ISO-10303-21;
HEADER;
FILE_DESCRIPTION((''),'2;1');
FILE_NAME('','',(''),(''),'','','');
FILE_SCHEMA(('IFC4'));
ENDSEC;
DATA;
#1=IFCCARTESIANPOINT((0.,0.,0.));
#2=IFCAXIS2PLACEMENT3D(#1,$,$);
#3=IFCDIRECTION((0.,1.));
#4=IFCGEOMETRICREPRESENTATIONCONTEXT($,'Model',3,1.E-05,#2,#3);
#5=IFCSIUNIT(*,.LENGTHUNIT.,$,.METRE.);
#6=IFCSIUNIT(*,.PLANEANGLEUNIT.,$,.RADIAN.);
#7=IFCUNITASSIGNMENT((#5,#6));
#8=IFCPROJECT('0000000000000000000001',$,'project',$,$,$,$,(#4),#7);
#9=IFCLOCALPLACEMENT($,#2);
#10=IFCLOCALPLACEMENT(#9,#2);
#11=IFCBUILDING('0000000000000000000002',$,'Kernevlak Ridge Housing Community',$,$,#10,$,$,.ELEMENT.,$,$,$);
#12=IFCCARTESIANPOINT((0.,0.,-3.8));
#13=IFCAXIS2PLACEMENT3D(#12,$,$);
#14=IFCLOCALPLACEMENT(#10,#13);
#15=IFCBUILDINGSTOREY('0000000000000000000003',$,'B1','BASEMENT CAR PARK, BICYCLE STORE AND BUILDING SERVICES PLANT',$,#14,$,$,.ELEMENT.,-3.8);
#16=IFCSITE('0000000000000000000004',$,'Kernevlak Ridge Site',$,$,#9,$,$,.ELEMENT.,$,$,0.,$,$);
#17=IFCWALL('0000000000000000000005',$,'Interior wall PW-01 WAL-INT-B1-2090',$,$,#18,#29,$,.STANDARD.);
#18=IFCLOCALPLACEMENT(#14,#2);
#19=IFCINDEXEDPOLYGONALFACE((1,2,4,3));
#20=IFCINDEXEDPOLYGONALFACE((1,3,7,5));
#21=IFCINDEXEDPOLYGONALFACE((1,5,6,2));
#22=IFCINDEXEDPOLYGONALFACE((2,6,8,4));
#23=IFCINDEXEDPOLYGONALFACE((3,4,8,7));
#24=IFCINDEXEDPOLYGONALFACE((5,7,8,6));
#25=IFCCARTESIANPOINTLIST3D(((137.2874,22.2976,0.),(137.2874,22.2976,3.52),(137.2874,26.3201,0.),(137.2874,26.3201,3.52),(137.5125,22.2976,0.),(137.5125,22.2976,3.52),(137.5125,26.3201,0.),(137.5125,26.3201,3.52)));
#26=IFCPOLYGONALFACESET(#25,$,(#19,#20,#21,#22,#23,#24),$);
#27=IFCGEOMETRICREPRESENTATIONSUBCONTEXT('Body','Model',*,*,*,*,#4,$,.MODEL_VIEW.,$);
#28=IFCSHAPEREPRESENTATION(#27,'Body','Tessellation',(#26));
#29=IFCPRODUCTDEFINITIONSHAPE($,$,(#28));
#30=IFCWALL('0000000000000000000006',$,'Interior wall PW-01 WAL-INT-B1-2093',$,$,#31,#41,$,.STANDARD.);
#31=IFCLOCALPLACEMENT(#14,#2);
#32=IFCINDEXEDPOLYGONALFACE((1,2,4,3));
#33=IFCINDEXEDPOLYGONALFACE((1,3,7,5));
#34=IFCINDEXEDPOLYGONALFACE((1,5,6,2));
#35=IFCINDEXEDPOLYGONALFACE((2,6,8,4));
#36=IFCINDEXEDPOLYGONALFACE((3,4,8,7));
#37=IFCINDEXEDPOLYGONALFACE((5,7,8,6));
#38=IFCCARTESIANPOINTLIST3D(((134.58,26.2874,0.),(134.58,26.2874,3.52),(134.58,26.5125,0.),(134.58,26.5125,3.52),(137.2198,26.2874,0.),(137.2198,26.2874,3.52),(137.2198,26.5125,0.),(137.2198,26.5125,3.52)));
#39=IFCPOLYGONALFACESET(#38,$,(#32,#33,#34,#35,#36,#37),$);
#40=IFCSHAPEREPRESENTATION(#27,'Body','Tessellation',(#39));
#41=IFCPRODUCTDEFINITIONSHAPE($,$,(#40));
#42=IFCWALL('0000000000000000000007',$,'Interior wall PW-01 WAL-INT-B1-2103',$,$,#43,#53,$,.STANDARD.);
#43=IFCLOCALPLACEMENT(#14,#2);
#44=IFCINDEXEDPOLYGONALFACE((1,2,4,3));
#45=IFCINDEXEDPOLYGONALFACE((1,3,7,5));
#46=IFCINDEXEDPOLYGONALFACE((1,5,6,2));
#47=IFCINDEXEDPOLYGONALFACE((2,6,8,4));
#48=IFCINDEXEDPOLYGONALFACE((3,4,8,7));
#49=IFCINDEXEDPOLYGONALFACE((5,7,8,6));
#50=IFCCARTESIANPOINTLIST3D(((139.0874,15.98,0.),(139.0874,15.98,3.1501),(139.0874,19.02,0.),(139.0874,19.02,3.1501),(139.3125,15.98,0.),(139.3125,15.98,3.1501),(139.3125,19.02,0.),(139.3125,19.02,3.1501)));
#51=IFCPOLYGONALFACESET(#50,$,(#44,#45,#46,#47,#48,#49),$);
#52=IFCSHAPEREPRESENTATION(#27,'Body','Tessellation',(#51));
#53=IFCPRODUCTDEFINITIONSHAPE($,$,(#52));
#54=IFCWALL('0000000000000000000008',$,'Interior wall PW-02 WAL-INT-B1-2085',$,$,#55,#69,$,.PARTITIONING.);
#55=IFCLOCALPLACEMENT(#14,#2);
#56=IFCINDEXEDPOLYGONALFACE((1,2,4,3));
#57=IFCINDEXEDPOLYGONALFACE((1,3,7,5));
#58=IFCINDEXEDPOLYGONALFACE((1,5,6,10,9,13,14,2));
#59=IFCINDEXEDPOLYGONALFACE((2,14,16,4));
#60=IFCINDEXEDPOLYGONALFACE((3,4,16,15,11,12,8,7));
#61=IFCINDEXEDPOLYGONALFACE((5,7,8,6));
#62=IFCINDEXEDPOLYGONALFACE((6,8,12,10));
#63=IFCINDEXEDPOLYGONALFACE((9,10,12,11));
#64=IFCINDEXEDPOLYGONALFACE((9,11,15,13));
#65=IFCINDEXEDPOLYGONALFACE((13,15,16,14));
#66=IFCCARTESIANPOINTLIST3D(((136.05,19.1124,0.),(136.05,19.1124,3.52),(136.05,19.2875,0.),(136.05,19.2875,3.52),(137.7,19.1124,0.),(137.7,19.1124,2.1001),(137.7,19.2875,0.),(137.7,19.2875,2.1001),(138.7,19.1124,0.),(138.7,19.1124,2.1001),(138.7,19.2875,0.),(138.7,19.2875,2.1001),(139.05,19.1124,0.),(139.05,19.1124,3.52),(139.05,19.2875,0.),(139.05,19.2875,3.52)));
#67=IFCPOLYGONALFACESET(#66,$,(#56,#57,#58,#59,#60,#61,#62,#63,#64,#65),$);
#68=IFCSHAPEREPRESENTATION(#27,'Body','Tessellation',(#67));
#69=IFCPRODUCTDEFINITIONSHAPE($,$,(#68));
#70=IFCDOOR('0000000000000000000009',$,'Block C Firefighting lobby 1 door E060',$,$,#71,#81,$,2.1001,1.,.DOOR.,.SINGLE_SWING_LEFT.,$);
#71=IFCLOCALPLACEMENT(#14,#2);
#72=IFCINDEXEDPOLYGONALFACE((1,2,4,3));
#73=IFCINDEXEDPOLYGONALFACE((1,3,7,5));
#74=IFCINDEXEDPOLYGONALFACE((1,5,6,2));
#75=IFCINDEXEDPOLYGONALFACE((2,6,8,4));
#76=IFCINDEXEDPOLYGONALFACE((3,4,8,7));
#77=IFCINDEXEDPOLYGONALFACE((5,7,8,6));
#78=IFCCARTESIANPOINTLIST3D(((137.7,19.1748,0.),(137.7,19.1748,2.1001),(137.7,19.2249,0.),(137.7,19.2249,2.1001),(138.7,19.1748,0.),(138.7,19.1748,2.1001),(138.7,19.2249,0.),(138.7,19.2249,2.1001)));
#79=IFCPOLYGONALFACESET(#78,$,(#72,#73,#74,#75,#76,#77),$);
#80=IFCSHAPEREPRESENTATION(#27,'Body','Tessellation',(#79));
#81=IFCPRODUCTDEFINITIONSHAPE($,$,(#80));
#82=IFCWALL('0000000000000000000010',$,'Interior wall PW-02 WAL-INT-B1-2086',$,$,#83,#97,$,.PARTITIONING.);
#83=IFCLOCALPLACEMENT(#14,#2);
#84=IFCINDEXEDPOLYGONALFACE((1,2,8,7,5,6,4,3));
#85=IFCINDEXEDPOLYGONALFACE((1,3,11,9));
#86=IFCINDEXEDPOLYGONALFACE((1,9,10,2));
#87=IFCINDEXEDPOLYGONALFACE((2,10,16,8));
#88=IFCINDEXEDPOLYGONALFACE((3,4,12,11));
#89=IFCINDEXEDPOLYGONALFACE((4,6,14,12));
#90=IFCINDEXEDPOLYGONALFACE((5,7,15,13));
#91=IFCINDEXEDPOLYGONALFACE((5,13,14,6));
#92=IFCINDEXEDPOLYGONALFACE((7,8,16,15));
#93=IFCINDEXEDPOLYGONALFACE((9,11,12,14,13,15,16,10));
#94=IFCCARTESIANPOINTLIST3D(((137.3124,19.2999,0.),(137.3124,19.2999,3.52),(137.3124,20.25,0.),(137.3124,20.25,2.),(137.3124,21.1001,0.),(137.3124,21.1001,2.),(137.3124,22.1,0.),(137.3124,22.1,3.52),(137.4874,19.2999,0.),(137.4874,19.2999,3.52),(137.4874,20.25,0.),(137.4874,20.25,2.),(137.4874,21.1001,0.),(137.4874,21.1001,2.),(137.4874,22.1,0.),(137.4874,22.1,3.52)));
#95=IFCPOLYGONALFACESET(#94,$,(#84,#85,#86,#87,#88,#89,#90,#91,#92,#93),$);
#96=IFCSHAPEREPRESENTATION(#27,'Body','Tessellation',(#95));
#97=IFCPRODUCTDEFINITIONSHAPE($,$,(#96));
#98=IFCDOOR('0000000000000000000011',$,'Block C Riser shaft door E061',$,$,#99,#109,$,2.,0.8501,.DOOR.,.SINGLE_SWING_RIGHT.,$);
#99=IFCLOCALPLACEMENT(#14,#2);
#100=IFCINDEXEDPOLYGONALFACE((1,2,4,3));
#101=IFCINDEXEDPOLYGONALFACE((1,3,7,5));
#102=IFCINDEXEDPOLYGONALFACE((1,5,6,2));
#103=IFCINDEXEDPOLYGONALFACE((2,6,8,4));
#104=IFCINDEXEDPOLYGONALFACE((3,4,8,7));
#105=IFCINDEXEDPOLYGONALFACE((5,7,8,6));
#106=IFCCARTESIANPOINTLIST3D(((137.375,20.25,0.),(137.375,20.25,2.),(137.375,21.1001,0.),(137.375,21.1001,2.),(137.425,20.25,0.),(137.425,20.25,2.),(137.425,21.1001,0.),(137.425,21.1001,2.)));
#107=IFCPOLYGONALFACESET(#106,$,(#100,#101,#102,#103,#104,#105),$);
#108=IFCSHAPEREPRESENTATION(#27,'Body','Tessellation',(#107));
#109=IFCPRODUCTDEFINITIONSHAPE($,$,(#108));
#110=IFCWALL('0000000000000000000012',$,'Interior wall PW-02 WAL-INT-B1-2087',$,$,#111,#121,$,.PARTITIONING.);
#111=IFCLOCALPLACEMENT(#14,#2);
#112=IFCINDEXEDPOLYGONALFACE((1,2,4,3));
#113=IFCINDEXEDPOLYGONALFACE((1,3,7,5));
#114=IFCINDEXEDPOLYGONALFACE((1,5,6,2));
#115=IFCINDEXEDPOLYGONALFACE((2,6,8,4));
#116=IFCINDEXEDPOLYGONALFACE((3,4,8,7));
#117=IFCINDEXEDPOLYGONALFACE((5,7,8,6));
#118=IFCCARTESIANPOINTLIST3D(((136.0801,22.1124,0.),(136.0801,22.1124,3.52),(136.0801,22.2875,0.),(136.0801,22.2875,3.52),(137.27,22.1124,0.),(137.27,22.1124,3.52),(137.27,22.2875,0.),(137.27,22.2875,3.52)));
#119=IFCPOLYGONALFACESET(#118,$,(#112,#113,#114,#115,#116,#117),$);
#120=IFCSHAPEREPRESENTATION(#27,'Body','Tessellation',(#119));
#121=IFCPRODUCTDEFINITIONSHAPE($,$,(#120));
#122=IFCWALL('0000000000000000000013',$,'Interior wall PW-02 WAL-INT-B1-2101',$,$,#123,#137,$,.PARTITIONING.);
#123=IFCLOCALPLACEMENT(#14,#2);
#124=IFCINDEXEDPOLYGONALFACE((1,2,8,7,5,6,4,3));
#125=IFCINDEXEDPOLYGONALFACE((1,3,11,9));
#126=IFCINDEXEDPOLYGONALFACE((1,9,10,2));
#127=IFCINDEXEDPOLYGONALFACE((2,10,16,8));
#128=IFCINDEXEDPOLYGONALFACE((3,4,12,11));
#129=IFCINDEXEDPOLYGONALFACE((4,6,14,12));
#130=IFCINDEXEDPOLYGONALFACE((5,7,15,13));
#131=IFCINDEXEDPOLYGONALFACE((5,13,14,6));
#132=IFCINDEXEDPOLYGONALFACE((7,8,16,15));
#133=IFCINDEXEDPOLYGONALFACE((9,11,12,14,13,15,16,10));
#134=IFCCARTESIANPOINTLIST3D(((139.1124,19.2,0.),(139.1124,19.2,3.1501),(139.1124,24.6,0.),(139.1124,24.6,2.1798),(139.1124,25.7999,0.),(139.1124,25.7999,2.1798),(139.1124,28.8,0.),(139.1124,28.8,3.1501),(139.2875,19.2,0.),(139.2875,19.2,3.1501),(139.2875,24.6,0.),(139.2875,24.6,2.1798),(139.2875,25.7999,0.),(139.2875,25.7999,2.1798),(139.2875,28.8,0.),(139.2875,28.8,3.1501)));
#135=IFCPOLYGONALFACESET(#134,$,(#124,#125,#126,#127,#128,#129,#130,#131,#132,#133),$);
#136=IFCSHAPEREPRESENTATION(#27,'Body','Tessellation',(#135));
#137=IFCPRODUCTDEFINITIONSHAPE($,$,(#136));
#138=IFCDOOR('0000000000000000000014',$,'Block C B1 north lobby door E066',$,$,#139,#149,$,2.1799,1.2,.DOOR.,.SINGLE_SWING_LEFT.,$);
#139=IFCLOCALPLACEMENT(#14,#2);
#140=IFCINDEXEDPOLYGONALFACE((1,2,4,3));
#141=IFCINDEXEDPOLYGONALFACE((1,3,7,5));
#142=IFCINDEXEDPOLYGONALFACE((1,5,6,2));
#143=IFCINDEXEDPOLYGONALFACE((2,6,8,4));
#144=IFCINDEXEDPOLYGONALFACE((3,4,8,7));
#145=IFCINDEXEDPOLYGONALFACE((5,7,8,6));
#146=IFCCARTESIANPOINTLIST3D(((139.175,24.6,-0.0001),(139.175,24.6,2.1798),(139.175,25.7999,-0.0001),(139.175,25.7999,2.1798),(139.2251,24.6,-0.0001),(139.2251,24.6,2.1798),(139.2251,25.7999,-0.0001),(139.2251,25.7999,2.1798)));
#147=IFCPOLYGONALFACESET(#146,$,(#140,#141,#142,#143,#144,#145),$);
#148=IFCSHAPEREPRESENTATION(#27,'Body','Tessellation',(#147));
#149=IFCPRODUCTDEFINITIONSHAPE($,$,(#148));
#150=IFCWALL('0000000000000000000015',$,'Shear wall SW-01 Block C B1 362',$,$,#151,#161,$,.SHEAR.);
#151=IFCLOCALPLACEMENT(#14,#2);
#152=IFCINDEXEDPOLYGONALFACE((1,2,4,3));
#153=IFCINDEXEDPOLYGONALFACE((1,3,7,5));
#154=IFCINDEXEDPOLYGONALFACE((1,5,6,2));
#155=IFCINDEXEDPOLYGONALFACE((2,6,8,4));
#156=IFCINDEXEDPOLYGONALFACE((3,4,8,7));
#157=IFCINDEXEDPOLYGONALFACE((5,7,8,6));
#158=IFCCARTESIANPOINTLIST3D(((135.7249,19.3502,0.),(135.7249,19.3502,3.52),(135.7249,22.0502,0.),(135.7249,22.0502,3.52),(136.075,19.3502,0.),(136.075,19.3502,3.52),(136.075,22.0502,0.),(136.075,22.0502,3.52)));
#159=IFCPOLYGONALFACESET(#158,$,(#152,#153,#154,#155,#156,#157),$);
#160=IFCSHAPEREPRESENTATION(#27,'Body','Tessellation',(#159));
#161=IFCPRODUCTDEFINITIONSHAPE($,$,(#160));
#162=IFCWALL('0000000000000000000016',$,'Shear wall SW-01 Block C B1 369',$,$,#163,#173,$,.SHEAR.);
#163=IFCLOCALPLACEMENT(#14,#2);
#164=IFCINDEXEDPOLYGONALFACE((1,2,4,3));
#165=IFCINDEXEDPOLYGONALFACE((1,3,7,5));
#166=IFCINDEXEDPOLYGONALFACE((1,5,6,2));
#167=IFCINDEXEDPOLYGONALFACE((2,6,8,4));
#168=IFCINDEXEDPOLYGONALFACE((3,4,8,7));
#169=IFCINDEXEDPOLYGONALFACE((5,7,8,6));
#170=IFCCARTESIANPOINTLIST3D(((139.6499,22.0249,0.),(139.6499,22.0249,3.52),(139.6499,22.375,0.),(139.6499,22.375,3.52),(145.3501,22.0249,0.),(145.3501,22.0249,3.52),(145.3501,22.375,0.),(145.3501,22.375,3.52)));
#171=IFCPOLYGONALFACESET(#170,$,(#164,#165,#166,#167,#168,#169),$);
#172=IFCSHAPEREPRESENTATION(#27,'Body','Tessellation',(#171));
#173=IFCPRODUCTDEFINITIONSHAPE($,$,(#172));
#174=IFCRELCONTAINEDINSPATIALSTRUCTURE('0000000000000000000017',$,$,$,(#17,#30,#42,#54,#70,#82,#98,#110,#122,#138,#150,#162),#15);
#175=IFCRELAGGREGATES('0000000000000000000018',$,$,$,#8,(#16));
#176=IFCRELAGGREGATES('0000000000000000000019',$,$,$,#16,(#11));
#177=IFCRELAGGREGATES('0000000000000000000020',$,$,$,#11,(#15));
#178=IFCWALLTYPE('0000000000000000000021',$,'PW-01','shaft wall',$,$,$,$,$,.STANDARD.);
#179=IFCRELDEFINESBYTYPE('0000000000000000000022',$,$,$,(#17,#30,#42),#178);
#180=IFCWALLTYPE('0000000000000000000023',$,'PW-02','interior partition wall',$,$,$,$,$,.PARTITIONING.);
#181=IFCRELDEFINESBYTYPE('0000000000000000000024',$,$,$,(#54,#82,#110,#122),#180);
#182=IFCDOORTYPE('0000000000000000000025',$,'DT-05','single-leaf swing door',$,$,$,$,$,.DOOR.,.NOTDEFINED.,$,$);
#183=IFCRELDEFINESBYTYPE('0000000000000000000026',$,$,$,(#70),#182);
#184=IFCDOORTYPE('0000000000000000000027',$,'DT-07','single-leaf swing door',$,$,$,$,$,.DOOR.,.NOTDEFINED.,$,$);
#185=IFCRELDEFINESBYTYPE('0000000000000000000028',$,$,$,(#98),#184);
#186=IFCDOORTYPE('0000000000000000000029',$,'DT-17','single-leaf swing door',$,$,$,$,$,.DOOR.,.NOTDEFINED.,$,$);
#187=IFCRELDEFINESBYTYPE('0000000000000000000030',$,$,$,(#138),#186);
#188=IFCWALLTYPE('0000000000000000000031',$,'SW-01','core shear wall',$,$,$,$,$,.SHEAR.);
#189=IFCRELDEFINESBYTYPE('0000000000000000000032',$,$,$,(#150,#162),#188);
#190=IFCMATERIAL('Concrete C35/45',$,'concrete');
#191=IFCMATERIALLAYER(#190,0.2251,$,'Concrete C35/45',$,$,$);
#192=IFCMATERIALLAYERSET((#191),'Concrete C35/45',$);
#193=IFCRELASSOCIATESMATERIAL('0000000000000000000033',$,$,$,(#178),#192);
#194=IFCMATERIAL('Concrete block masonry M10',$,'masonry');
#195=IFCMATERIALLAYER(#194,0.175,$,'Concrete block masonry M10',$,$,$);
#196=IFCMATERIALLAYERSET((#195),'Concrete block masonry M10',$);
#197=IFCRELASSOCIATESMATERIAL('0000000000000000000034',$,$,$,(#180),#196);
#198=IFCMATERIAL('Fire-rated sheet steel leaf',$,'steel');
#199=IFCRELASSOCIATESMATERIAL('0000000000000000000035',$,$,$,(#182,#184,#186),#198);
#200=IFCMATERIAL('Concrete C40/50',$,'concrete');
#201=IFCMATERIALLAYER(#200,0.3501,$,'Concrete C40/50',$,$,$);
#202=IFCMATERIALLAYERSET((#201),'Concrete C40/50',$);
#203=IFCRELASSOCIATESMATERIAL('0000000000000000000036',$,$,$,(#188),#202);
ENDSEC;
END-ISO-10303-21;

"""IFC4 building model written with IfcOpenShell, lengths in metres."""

from ifc_helpers import new_model, si_unit, direction, frame, frame_2d, origin, place, context, subcontext, project, spatial, rectangle, extrude, material, layer, layer_set, type_object, element, fill, save


model = new_model("IFC4")

# Units and contexts
model_context = context("Model", 3, precision=1e-05, world=origin(), true_north=direction((0.0, 1.0)))
body_context = subcontext(model_context, "Body", "Model", "MODEL_VIEW")
ifc_project = project(units=[si_unit("LENGTHUNIT", "METRE"), si_unit("PLANEANGLEUNIT", "RADIAN")], contexts=[model_context])

# Site, building, storey
site_placement = place(None, origin())
site = spatial("IfcSite", under=ifc_project, at=site_placement, Name="Kernevlak Ridge Site", CompositionType="ELEMENT", RefElevation=0.0)
building_placement = place(site_placement, origin())
building = spatial("IfcBuilding", under=site, at=building_placement, Name="Kernevlak Ridge Housing Community", CompositionType="ELEMENT")
storey_placement = place(building_placement, frame((0.0, 0.0, -3.8)))
storey = spatial("IfcBuildingStorey", under=building, at=storey_placement, Name="B1", Description="BASEMENT CAR PARK, BICYCLE STORE AND BUILDING SERVICES PLANT", CompositionType="ELEMENT", Elevation=-3.8)

# Shared definitions
ifc_material_1 = material(Name="Concrete C35/45", Category="concrete")

# Shared definitions
ifc_material_2 = material(Name="Concrete C40/50", Category="concrete")

# Walls
ifc_layer_1 = layer(ifc_material_1, 0.2251, Name="Concrete C35/45")
ifc_layer_set_1 = layer_set([ifc_layer_1], Name="Concrete C35/45")
wall_type_1 = type_object("IfcWallType", Name="PW-01", Description="shaft wall", PredefinedType="STANDARD", material=ifc_layer_set_1)
wall_1_placement = place(storey_placement, frame((137.3999, 22.2976, 0.0), z_axis=(0.0, 0.0, 1.0), x_axis=(0.0, 1.0, 0.0)))
element("IfcWall", 1, at=wall_1_placement, inside=storey, type_object=wall_type_1, Name="Interior wall PW-01 WAL-INT-B1-2090", PredefinedType="STANDARD", context=body_context, shape_type="SweptSolid", body=[
    extrude(rectangle(XDim=4.0225, YDim=0.2251, at=frame_2d((2.0112, 0.0))), origin(), (0.0, 0.0, 1.0), 3.52),
])
wall_2_placement = place(storey_placement, frame((134.5801, 26.3999, 0.0), z_axis=(0.0, 0.0, 1.0), x_axis=(1.0, 0.0, 0.0)))
element("IfcWall", 2, at=wall_2_placement, inside=storey, type_object=wall_type_1, Name="Interior wall PW-01 WAL-INT-B1-2093", PredefinedType="STANDARD", context=body_context, shape_type="SweptSolid", body=[
    extrude(rectangle(XDim=2.6399, YDim=0.2251, at=frame_2d((1.3198, 0.0))), origin(), (0.0, 0.0, 1.0), 3.52),
])
wall_3_placement = place(storey_placement, frame((139.2, 15.98, 0.0), z_axis=(0.0, 0.0, 1.0), x_axis=(0.0, 1.0, 0.0)))
element("IfcWall", 3, at=wall_3_placement, inside=storey, type_object=wall_type_1, Name="Interior wall PW-01 WAL-INT-B1-2103", PredefinedType="STANDARD", context=body_context, shape_type="SweptSolid", body=[
    extrude(rectangle(XDim=3.04, YDim=0.2251, at=frame_2d((1.52, 0.0))), origin(), (0.0, 0.0, 1.0), 3.1501),
])

# Walls, openings, doors
ifc_material_3 = material(Name="Concrete block masonry M10", Category="masonry")
ifc_layer_2 = layer(ifc_material_3, 0.175, Name="Concrete block masonry M10")
ifc_layer_set_2 = layer_set([ifc_layer_2], Name="Concrete block masonry M10")
wall_type_2 = type_object("IfcWallType", Name="PW-02", Description="interior partition wall", PredefinedType="PARTITIONING", material=ifc_layer_set_2)
wall_4_placement = place(storey_placement, frame((136.05, 19.2, 0.0), z_axis=(0.0, 0.0, 1.0), x_axis=(1.0, 0.0, 0.0)))
wall_4 = element("IfcWall", 4, at=wall_4_placement, inside=storey, type_object=wall_type_2, Name="Interior wall PW-02 WAL-INT-B1-2085", PredefinedType="PARTITIONING", context=body_context, shape_type="SweptSolid", body=[
    extrude(rectangle(XDim=3.0, YDim=0.175, at=frame_2d((1.5, 0.0))), origin(), (0.0, 0.0, 1.0), 3.52),
])
opening_1_placement = place(wall_4_placement, frame((1.6499, 0.0, 0.0)))
opening_1 = element("IfcOpeningElement", 5, at=opening_1_placement, cuts=wall_4, PredefinedType="OPENING", context=body_context, shape_type="SweptSolid", body=[
    extrude(rectangle(XDim=1.0, YDim=2.1001, at=frame_2d((0.5, 1.05))), frame((0.0, 0.0974, 0.0), z_axis=(0.0, -1.0, 0.0), x_axis=(1.0, 0.0, 0.0)), (0.0, 0.0, 1.0), 0.1951),
])
ifc_material_4 = material(Name="Fire-rated sheet steel leaf", Category="steel")
door_type_1 = type_object("IfcDoorType", Name="DT-05", Description="single-leaf swing door", OperationType="NOTDEFINED", PredefinedType="DOOR", material=ifc_material_4)
door_1_placement = place(opening_1_placement, origin())
door_1 = element("IfcDoor", 6, at=door_1_placement, inside=storey, type_object=door_type_1, Name="Block C Firefighting lobby 1 door E060", OperationType="SINGLE_SWING_LEFT", OverallHeight=2.1001, OverallWidth=1.0, PredefinedType="DOOR", context=body_context, shape_type="SweptSolid", body=[
    extrude(rectangle(XDim=1.0, YDim=2.1001, at=frame_2d((0.5, 1.05))), frame((0.0, 0.0249, 0.0), z_axis=(0.0, -1.0, 0.0), x_axis=(1.0, 0.0, 0.0)), (0.0, 0.0, 1.0), 0.05),
])
fill(opening_1, door_1)
wall_5_placement = place(storey_placement, frame((137.3999, 19.3, 0.0), z_axis=(0.0, 0.0, 1.0), x_axis=(0.0, 1.0, 0.0)))
wall_5 = element("IfcWall", 7, at=wall_5_placement, inside=storey, type_object=wall_type_2, Name="Interior wall PW-02 WAL-INT-B1-2086", PredefinedType="PARTITIONING", context=body_context, shape_type="SweptSolid", body=[
    extrude(rectangle(XDim=2.8, YDim=0.175, at=frame_2d((1.3999, 0.0))), origin(), (0.0, 0.0, 1.0), 3.52),
])
opening_2_placement = place(wall_5_placement, frame((0.95, 0.0, 0.0)))
opening_2 = element("IfcOpeningElement", 8, at=opening_2_placement, cuts=wall_5, PredefinedType="OPENING", context=body_context, shape_type="SweptSolid", body=[
    extrude(rectangle(XDim=0.8501, YDim=2.0, at=frame_2d((0.425, 1.0))), frame((0.0, 0.0974, 0.0), z_axis=(0.0, -1.0, 0.0), x_axis=(1.0, 0.0, 0.0)), (0.0, 0.0, 1.0), 0.1951),
])
door_type_2 = type_object("IfcDoorType", Name="DT-07", Description="single-leaf swing door", OperationType="NOTDEFINED", PredefinedType="DOOR", material=ifc_material_4)
door_2_placement = place(opening_2_placement, origin())
door_2 = element("IfcDoor", 9, at=door_2_placement, inside=storey, type_object=door_type_2, Name="Block C Riser shaft door E061", OperationType="SINGLE_SWING_RIGHT", OverallHeight=2.0, OverallWidth=0.8501, PredefinedType="DOOR", context=body_context, shape_type="SweptSolid", body=[
    extrude(rectangle(XDim=0.8501, YDim=2.0, at=frame_2d((0.425, 1.0))), frame((0.0, 0.0249, 0.0), z_axis=(0.0, -1.0, 0.0), x_axis=(1.0, 0.0, 0.0)), (0.0, 0.0, 1.0), 0.05),
])
fill(opening_2, door_2)

# Wall
wall_6_placement = place(storey_placement, frame((136.0801, 22.2, 0.0), z_axis=(0.0, 0.0, 1.0), x_axis=(1.0, 0.0, 0.0)))
element("IfcWall", 10, at=wall_6_placement, inside=storey, type_object=wall_type_2, Name="Interior wall PW-02 WAL-INT-B1-2087", PredefinedType="PARTITIONING", context=body_context, shape_type="SweptSolid", body=[
    extrude(rectangle(XDim=1.1899, YDim=0.175, at=frame_2d((0.595, 0.0))), origin(), (0.0, 0.0, 1.0), 3.52),
])

# Wall, opening, door
wall_7_placement = place(storey_placement, frame((139.2, 19.2, 0.0), z_axis=(0.0, 0.0, 1.0), x_axis=(0.0, 1.0, 0.0)))
wall_7 = element("IfcWall", 11, at=wall_7_placement, inside=storey, type_object=wall_type_2, Name="Interior wall PW-02 WAL-INT-B1-2101", PredefinedType="PARTITIONING", context=body_context, shape_type="SweptSolid", body=[
    extrude(rectangle(XDim=9.6001, YDim=0.175, at=frame_2d((4.8, 0.0))), origin(), (0.0, 0.0, 1.0), 3.1501),
])
opening_3_placement = place(wall_7_placement, frame((5.3999, 0.0, 0.0)))
opening_3 = element("IfcOpeningElement", 12, at=opening_3_placement, cuts=wall_7, PredefinedType="OPENING", context=body_context, shape_type="SweptSolid", body=[
    extrude(rectangle(XDim=1.2, YDim=2.1799, at=frame_2d((0.6001, 1.0898))), frame((0.0, 0.0974, 0.0), z_axis=(0.0, -1.0, 0.0), x_axis=(1.0, 0.0, 0.0)), (0.0, 0.0, 1.0), 0.1951),
])
door_type_3 = type_object("IfcDoorType", Name="DT-17", Description="single-leaf swing door", OperationType="NOTDEFINED", PredefinedType="DOOR", material=ifc_material_4)
door_3_placement = place(opening_3_placement, origin())
door_3 = element("IfcDoor", 13, at=door_3_placement, inside=storey, type_object=door_type_3, Name="Block C B1 north lobby door E066", OperationType="SINGLE_SWING_LEFT", OverallHeight=2.1799, OverallWidth=1.2, PredefinedType="DOOR", context=body_context, shape_type="SweptSolid", body=[
    extrude(rectangle(XDim=1.2, YDim=2.1799, at=frame_2d((0.6001, 1.0898))), frame((0.0, 0.0249, 0.0), z_axis=(0.0, -1.0, 0.0), x_axis=(1.0, 0.0, 0.0)), (0.0, 0.0, 1.0), 0.05),
])
fill(opening_3, door_3)

# Walls
ifc_layer_3 = layer(ifc_material_2, 0.3501, Name="Concrete C40/50")
ifc_layer_set_3 = layer_set([ifc_layer_3], Name="Concrete C40/50")
wall_type_3 = type_object("IfcWallType", Name="SW-01", Description="core shear wall", PredefinedType="SHEAR", material=ifc_layer_set_3)
wall_8_placement = place(storey_placement, frame((135.8999, 19.3501, 0.0), z_axis=(0.0, 0.0, 1.0), x_axis=(0.0, 1.0, 0.0)))
element("IfcWall", 14, at=wall_8_placement, inside=storey, type_object=wall_type_3, Name="Shear wall SW-01 Block C B1 362", PredefinedType="SHEAR", context=body_context, shape_type="SweptSolid", body=[
    extrude(rectangle(XDim=2.7, YDim=0.3501, at=frame_2d((1.3501, 0.0))), origin(), (0.0, 0.0, 1.0), 3.52),
])
wall_9_placement = place(storey_placement, frame((139.6499, 22.2, 0.0), z_axis=(0.0, 0.0, 1.0), x_axis=(1.0, 0.0, 0.0)))
element("IfcWall", 15, at=wall_9_placement, inside=storey, type_object=wall_type_3, Name="Shear wall SW-01 Block C B1 369", PredefinedType="SHEAR", context=body_context, shape_type="SweptSolid", body=[
    extrude(rectangle(XDim=5.7002, YDim=0.3501, at=frame_2d((2.8501, 0.0))), origin(), (0.0, 0.0, 1.0), 3.52),
])

save(model, "model.ifc")
